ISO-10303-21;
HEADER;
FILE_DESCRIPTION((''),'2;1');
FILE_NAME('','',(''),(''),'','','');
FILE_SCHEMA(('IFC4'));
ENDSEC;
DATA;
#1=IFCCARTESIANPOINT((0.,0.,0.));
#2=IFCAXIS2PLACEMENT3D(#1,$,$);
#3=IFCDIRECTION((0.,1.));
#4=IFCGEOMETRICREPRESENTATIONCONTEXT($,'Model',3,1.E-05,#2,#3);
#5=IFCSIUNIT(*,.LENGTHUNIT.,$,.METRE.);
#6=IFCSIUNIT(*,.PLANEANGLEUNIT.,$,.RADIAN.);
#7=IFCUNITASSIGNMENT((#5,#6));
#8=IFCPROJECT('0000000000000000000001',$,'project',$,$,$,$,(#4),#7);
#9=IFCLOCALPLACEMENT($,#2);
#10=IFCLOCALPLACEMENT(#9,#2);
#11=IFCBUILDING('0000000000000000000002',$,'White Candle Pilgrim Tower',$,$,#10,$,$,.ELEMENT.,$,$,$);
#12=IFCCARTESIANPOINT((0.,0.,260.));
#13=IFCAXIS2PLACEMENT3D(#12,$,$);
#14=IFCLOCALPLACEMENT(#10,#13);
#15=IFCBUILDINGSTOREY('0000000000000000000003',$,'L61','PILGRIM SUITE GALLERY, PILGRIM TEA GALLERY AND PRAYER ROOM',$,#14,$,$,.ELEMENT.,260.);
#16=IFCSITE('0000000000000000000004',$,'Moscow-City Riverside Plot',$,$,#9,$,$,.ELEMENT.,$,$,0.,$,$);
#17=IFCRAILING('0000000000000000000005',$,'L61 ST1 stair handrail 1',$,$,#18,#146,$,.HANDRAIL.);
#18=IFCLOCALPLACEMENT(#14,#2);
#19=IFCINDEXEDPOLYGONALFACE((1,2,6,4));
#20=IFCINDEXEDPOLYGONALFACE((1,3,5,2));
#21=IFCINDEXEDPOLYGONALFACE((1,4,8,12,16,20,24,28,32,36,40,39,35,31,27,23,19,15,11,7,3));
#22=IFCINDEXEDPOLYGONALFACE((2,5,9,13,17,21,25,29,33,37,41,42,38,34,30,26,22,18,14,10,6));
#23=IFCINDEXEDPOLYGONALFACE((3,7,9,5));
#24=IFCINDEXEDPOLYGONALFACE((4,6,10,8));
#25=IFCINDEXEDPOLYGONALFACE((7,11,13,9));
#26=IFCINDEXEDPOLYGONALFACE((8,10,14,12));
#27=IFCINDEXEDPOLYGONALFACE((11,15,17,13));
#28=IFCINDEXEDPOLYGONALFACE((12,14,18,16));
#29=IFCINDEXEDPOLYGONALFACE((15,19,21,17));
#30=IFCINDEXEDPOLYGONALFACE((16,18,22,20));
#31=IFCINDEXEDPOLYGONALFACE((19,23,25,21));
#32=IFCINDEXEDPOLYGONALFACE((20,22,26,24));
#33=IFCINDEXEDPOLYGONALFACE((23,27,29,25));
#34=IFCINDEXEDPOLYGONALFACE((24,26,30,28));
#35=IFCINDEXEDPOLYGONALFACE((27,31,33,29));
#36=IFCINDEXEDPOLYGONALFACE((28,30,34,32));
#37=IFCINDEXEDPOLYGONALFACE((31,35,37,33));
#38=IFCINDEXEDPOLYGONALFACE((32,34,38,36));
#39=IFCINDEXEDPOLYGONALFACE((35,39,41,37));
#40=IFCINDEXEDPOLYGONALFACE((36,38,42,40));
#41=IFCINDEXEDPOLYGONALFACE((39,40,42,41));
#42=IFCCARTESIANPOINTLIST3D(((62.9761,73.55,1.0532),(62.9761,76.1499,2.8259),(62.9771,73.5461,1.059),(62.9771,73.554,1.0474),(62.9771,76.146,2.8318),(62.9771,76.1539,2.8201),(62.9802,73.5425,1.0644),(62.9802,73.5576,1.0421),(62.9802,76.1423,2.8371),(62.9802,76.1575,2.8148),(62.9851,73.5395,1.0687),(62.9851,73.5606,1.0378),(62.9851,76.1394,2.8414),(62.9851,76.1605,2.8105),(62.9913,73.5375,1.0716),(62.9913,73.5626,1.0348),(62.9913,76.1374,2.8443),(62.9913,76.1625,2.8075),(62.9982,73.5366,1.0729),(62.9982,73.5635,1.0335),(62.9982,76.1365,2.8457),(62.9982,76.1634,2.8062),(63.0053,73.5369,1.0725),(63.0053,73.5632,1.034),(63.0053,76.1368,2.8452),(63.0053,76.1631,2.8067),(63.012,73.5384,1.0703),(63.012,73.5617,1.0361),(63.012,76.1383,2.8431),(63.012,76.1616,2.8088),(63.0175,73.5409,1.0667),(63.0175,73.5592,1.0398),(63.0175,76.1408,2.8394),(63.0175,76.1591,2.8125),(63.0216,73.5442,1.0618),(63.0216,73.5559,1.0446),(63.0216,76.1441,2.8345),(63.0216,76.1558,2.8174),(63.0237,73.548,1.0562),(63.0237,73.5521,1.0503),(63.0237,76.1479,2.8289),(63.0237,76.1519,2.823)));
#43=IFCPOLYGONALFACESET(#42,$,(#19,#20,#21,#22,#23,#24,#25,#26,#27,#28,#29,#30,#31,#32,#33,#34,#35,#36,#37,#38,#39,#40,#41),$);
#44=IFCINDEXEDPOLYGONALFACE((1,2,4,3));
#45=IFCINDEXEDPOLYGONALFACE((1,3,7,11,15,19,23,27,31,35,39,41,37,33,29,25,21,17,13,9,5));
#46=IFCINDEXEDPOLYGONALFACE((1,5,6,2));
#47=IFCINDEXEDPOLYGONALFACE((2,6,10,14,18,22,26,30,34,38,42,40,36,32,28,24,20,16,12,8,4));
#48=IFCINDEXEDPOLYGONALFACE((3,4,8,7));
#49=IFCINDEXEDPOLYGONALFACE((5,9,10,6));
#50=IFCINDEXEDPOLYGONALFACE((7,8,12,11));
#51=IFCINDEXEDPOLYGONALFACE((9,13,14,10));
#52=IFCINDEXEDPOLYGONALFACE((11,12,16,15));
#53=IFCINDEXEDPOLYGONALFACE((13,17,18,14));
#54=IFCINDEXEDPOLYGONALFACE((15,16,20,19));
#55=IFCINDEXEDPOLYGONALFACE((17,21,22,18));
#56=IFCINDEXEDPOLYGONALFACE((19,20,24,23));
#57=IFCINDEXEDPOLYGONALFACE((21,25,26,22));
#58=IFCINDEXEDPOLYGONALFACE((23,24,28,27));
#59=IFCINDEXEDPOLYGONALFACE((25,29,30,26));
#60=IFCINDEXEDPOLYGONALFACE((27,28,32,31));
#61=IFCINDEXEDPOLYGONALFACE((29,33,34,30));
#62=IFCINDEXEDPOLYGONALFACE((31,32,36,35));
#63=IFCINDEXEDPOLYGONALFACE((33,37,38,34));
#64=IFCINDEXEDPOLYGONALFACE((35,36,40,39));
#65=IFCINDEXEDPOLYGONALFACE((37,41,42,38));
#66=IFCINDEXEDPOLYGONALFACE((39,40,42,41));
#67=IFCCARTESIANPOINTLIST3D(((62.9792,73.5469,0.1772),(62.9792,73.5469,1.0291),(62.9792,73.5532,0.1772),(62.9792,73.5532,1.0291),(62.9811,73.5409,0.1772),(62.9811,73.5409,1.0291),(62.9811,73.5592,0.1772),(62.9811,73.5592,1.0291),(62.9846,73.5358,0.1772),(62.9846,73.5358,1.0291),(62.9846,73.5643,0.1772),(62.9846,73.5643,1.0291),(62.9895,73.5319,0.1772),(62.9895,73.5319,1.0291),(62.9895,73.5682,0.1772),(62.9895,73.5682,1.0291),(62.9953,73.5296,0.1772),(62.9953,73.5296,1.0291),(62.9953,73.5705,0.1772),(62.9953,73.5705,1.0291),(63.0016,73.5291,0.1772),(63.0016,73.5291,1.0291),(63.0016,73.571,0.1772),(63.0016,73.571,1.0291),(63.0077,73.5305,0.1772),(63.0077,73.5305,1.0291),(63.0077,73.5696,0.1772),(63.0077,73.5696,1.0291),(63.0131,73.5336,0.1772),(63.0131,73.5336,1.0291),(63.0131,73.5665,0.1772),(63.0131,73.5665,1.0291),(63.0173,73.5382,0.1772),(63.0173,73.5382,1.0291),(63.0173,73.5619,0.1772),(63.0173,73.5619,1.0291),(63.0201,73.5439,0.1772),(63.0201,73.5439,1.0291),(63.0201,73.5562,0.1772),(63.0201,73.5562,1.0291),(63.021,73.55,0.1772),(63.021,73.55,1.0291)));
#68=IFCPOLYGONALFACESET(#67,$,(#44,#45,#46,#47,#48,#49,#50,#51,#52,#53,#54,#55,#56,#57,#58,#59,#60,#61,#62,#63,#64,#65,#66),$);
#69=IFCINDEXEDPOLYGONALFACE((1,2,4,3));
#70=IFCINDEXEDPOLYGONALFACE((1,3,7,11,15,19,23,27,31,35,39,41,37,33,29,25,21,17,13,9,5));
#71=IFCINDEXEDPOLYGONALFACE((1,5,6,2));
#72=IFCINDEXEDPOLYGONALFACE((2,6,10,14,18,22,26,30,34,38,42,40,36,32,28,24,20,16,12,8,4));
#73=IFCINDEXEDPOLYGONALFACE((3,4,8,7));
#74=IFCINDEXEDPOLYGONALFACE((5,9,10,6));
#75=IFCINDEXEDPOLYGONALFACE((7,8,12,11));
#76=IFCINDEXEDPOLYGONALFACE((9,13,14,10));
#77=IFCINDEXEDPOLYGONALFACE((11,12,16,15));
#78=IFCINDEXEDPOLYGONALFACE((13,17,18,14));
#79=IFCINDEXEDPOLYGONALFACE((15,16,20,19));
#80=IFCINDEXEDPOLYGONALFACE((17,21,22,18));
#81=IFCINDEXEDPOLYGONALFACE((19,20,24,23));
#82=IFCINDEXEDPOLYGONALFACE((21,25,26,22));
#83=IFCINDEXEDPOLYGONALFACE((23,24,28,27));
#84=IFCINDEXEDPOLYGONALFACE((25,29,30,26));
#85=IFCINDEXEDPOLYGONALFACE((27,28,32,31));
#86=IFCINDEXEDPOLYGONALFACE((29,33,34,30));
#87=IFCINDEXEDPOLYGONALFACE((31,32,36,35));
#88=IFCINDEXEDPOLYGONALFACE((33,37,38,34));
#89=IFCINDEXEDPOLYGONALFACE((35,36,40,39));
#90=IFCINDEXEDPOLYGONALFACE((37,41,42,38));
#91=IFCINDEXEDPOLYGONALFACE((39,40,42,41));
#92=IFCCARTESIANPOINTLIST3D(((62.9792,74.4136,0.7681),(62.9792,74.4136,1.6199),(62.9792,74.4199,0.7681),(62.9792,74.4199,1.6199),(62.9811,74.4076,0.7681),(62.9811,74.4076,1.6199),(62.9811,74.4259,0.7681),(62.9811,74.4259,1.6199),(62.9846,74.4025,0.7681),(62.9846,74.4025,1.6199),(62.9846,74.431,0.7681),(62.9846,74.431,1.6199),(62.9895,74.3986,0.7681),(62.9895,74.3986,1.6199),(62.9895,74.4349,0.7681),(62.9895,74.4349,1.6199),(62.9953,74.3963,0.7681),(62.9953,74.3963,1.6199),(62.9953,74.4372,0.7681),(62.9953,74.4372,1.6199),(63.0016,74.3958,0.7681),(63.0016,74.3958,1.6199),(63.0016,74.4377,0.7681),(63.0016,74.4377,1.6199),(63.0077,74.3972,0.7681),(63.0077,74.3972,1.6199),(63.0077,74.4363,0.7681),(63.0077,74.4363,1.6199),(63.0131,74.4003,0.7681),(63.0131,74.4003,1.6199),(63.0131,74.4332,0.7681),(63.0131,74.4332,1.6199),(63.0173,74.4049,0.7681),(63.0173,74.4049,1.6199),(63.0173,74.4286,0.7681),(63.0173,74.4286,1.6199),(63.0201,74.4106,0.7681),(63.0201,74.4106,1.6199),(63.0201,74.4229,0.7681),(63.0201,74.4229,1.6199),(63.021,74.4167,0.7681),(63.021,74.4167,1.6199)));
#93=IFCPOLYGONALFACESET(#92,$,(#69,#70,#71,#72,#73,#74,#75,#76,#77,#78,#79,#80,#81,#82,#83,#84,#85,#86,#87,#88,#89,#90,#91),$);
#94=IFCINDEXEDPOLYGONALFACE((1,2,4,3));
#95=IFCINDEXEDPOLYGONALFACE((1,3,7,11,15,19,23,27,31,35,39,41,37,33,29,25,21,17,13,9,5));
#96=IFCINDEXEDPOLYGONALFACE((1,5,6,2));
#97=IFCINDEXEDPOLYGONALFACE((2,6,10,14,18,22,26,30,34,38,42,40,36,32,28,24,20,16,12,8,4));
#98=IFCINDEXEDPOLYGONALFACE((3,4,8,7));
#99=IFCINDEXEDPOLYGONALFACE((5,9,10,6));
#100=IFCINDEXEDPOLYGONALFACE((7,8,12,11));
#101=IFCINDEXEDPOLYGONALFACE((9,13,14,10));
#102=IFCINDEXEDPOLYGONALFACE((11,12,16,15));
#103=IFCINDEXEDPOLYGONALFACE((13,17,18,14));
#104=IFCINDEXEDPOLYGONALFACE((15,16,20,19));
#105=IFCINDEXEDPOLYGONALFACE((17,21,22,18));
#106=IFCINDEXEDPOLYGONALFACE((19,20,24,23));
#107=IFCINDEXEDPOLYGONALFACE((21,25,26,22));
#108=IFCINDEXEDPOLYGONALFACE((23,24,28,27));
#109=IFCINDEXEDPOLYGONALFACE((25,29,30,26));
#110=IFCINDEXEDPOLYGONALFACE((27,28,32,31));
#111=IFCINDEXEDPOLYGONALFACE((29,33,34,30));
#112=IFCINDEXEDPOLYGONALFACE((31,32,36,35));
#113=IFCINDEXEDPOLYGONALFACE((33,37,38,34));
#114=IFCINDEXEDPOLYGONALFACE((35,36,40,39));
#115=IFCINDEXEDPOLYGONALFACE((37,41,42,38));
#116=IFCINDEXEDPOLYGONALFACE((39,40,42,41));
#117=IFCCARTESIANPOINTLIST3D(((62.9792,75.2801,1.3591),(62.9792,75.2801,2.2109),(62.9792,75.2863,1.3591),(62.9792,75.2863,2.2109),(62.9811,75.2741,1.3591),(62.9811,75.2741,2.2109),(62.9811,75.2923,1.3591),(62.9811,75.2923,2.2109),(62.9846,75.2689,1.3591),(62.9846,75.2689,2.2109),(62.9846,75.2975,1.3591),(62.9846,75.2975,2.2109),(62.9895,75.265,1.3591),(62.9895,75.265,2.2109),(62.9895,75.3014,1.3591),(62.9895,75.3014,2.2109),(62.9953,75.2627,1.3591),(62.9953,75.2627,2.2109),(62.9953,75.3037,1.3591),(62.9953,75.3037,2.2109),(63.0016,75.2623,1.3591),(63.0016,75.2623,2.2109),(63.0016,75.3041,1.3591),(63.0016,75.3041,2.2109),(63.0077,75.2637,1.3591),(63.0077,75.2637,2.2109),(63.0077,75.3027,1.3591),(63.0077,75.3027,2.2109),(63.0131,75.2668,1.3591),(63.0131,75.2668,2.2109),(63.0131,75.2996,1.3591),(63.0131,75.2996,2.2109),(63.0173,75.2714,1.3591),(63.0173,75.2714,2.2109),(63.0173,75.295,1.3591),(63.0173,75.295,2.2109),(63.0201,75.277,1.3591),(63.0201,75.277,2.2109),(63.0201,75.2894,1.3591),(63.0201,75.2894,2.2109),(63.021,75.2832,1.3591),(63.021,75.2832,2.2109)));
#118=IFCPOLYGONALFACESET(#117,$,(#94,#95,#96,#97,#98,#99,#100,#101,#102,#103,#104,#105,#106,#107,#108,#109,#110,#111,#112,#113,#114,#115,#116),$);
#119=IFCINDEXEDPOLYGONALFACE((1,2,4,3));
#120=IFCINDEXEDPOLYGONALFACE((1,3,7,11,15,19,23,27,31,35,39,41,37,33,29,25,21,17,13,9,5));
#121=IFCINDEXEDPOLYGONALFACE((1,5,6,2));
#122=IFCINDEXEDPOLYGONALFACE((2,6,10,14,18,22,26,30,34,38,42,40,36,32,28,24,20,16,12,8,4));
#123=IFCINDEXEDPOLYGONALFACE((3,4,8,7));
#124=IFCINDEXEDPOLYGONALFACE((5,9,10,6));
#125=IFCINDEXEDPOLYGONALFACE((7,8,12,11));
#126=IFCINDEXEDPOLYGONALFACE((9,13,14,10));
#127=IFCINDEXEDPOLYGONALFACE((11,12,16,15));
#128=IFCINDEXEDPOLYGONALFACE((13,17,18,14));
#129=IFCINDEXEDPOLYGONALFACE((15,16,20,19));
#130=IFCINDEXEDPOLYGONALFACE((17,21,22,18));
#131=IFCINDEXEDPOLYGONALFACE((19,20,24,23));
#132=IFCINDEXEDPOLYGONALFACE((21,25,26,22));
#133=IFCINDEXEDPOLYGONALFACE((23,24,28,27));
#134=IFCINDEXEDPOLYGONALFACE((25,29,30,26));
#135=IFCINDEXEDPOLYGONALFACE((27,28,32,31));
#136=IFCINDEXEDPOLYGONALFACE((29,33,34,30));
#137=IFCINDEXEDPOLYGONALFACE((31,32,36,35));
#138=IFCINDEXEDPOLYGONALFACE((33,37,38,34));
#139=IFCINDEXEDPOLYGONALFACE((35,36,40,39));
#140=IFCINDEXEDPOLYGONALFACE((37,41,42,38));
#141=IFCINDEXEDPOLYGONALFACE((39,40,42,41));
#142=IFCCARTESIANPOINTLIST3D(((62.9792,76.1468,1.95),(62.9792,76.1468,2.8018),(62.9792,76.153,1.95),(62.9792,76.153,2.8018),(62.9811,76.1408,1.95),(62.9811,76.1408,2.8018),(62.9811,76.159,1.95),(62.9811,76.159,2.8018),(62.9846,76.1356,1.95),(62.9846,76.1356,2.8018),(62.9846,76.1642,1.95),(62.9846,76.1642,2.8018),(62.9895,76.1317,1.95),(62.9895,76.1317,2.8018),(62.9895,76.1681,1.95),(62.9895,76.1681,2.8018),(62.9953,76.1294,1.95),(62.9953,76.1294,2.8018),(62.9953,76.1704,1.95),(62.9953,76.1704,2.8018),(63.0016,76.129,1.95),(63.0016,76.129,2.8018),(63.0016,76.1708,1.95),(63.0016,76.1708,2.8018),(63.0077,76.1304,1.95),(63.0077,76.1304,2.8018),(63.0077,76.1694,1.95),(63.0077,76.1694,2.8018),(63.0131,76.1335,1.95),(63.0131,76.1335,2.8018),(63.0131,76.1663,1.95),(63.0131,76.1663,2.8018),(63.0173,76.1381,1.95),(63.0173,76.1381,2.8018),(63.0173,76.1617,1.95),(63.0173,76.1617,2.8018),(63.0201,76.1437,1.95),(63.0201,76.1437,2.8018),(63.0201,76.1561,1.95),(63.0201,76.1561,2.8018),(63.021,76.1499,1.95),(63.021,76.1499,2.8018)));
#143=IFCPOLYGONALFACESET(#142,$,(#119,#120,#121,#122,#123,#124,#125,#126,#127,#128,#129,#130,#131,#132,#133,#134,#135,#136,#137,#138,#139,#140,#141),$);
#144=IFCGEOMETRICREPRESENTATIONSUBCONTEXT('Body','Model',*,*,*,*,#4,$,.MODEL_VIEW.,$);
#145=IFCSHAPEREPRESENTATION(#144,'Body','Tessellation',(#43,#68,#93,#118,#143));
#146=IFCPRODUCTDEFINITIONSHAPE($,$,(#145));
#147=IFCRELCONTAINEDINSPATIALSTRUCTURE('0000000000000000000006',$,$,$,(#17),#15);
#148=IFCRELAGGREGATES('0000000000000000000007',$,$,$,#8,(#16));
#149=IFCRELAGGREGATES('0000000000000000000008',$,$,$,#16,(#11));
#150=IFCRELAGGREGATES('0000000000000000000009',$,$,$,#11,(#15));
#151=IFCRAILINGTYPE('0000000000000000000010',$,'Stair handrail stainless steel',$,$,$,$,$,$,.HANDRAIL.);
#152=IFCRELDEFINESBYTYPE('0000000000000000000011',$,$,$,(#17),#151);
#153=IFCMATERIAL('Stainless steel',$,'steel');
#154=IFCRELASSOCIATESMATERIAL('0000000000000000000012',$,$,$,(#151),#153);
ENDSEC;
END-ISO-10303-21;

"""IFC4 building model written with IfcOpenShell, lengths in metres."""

from ifc_helpers import new_model, si_unit, direction, frame, origin, origin_2d, place, context, subcontext, project, spatial, circle, extrude, material, type_object, element, save


model = new_model("IFC4")

# Units and contexts
model_context = context("Model", 3, precision=1e-05, world=origin(), true_north=direction((0.0, 1.0)))
body_context = subcontext(model_context, "Body", "Model", "MODEL_VIEW")
ifc_project = project(units=[si_unit("LENGTHUNIT", "METRE"), si_unit("PLANEANGLEUNIT", "RADIAN")], contexts=[model_context])

# Site, building, storey
site_placement = place(None, origin())
site = spatial("IfcSite", under=ifc_project, at=site_placement, Name="Moscow-City Riverside Plot", CompositionType="ELEMENT", RefElevation=0.0)
building_placement = place(site_placement, origin())
building = spatial("IfcBuilding", under=site, at=building_placement, Name="White Candle Pilgrim Tower", CompositionType="ELEMENT")
storey_placement = place(building_placement, frame((0.0, 0.0, 260.0)))
storey = spatial("IfcBuildingStorey", under=building, at=storey_placement, Name="L61", Description="PILGRIM SUITE GALLERY, PILGRIM TEA GALLERY AND PRAYER ROOM", CompositionType="ELEMENT", Elevation=260.0)

# Railing
ifc_material_1 = material(Name="Stainless steel", Category="steel")
railing_type_1 = type_object("IfcRailingType", Name="Stair handrail stainless steel", PredefinedType="HANDRAIL", material=ifc_material_1)
railing_1_placement = place(storey_placement, frame((63.0, 73.55, 0.1772)))
element("IfcRailing", 1, at=railing_1_placement, inside=storey, type_object=railing_type_1, Name="L61 ST1 stair handrail 1", PredefinedType="HANDRAIL", context=body_context, shape_type="SweptSolid", body=[
    extrude(circle(Radius=0.0239, at=origin_2d()), frame((0.0, 0.0, 0.876), z_axis=(0.0, 0.826216, 0.563354), x_axis=(-1.0, 0.0, 0.0)), (0.0, 0.0, 1.0), 3.1467),
    extrude(circle(Radius=0.021, at=origin_2d()), origin(), (0.0, 0.0, 1.0), 0.8518),
    extrude(circle(Radius=0.021, at=origin_2d()), frame((0.0, 0.8667, 0.5908)), (0.0, 0.0, 1.0), 0.8518),
    extrude(circle(Radius=0.021, at=origin_2d()), frame((0.0, 1.7332, 1.1819)), (0.0, 0.0, 1.0), 0.8518),
    extrude(circle(Radius=0.021, at=origin_2d()), frame((0.0, 2.5999, 1.7727)), (0.0, 0.0, 1.0), 0.8518),
])

save(model, "model.ifc")
